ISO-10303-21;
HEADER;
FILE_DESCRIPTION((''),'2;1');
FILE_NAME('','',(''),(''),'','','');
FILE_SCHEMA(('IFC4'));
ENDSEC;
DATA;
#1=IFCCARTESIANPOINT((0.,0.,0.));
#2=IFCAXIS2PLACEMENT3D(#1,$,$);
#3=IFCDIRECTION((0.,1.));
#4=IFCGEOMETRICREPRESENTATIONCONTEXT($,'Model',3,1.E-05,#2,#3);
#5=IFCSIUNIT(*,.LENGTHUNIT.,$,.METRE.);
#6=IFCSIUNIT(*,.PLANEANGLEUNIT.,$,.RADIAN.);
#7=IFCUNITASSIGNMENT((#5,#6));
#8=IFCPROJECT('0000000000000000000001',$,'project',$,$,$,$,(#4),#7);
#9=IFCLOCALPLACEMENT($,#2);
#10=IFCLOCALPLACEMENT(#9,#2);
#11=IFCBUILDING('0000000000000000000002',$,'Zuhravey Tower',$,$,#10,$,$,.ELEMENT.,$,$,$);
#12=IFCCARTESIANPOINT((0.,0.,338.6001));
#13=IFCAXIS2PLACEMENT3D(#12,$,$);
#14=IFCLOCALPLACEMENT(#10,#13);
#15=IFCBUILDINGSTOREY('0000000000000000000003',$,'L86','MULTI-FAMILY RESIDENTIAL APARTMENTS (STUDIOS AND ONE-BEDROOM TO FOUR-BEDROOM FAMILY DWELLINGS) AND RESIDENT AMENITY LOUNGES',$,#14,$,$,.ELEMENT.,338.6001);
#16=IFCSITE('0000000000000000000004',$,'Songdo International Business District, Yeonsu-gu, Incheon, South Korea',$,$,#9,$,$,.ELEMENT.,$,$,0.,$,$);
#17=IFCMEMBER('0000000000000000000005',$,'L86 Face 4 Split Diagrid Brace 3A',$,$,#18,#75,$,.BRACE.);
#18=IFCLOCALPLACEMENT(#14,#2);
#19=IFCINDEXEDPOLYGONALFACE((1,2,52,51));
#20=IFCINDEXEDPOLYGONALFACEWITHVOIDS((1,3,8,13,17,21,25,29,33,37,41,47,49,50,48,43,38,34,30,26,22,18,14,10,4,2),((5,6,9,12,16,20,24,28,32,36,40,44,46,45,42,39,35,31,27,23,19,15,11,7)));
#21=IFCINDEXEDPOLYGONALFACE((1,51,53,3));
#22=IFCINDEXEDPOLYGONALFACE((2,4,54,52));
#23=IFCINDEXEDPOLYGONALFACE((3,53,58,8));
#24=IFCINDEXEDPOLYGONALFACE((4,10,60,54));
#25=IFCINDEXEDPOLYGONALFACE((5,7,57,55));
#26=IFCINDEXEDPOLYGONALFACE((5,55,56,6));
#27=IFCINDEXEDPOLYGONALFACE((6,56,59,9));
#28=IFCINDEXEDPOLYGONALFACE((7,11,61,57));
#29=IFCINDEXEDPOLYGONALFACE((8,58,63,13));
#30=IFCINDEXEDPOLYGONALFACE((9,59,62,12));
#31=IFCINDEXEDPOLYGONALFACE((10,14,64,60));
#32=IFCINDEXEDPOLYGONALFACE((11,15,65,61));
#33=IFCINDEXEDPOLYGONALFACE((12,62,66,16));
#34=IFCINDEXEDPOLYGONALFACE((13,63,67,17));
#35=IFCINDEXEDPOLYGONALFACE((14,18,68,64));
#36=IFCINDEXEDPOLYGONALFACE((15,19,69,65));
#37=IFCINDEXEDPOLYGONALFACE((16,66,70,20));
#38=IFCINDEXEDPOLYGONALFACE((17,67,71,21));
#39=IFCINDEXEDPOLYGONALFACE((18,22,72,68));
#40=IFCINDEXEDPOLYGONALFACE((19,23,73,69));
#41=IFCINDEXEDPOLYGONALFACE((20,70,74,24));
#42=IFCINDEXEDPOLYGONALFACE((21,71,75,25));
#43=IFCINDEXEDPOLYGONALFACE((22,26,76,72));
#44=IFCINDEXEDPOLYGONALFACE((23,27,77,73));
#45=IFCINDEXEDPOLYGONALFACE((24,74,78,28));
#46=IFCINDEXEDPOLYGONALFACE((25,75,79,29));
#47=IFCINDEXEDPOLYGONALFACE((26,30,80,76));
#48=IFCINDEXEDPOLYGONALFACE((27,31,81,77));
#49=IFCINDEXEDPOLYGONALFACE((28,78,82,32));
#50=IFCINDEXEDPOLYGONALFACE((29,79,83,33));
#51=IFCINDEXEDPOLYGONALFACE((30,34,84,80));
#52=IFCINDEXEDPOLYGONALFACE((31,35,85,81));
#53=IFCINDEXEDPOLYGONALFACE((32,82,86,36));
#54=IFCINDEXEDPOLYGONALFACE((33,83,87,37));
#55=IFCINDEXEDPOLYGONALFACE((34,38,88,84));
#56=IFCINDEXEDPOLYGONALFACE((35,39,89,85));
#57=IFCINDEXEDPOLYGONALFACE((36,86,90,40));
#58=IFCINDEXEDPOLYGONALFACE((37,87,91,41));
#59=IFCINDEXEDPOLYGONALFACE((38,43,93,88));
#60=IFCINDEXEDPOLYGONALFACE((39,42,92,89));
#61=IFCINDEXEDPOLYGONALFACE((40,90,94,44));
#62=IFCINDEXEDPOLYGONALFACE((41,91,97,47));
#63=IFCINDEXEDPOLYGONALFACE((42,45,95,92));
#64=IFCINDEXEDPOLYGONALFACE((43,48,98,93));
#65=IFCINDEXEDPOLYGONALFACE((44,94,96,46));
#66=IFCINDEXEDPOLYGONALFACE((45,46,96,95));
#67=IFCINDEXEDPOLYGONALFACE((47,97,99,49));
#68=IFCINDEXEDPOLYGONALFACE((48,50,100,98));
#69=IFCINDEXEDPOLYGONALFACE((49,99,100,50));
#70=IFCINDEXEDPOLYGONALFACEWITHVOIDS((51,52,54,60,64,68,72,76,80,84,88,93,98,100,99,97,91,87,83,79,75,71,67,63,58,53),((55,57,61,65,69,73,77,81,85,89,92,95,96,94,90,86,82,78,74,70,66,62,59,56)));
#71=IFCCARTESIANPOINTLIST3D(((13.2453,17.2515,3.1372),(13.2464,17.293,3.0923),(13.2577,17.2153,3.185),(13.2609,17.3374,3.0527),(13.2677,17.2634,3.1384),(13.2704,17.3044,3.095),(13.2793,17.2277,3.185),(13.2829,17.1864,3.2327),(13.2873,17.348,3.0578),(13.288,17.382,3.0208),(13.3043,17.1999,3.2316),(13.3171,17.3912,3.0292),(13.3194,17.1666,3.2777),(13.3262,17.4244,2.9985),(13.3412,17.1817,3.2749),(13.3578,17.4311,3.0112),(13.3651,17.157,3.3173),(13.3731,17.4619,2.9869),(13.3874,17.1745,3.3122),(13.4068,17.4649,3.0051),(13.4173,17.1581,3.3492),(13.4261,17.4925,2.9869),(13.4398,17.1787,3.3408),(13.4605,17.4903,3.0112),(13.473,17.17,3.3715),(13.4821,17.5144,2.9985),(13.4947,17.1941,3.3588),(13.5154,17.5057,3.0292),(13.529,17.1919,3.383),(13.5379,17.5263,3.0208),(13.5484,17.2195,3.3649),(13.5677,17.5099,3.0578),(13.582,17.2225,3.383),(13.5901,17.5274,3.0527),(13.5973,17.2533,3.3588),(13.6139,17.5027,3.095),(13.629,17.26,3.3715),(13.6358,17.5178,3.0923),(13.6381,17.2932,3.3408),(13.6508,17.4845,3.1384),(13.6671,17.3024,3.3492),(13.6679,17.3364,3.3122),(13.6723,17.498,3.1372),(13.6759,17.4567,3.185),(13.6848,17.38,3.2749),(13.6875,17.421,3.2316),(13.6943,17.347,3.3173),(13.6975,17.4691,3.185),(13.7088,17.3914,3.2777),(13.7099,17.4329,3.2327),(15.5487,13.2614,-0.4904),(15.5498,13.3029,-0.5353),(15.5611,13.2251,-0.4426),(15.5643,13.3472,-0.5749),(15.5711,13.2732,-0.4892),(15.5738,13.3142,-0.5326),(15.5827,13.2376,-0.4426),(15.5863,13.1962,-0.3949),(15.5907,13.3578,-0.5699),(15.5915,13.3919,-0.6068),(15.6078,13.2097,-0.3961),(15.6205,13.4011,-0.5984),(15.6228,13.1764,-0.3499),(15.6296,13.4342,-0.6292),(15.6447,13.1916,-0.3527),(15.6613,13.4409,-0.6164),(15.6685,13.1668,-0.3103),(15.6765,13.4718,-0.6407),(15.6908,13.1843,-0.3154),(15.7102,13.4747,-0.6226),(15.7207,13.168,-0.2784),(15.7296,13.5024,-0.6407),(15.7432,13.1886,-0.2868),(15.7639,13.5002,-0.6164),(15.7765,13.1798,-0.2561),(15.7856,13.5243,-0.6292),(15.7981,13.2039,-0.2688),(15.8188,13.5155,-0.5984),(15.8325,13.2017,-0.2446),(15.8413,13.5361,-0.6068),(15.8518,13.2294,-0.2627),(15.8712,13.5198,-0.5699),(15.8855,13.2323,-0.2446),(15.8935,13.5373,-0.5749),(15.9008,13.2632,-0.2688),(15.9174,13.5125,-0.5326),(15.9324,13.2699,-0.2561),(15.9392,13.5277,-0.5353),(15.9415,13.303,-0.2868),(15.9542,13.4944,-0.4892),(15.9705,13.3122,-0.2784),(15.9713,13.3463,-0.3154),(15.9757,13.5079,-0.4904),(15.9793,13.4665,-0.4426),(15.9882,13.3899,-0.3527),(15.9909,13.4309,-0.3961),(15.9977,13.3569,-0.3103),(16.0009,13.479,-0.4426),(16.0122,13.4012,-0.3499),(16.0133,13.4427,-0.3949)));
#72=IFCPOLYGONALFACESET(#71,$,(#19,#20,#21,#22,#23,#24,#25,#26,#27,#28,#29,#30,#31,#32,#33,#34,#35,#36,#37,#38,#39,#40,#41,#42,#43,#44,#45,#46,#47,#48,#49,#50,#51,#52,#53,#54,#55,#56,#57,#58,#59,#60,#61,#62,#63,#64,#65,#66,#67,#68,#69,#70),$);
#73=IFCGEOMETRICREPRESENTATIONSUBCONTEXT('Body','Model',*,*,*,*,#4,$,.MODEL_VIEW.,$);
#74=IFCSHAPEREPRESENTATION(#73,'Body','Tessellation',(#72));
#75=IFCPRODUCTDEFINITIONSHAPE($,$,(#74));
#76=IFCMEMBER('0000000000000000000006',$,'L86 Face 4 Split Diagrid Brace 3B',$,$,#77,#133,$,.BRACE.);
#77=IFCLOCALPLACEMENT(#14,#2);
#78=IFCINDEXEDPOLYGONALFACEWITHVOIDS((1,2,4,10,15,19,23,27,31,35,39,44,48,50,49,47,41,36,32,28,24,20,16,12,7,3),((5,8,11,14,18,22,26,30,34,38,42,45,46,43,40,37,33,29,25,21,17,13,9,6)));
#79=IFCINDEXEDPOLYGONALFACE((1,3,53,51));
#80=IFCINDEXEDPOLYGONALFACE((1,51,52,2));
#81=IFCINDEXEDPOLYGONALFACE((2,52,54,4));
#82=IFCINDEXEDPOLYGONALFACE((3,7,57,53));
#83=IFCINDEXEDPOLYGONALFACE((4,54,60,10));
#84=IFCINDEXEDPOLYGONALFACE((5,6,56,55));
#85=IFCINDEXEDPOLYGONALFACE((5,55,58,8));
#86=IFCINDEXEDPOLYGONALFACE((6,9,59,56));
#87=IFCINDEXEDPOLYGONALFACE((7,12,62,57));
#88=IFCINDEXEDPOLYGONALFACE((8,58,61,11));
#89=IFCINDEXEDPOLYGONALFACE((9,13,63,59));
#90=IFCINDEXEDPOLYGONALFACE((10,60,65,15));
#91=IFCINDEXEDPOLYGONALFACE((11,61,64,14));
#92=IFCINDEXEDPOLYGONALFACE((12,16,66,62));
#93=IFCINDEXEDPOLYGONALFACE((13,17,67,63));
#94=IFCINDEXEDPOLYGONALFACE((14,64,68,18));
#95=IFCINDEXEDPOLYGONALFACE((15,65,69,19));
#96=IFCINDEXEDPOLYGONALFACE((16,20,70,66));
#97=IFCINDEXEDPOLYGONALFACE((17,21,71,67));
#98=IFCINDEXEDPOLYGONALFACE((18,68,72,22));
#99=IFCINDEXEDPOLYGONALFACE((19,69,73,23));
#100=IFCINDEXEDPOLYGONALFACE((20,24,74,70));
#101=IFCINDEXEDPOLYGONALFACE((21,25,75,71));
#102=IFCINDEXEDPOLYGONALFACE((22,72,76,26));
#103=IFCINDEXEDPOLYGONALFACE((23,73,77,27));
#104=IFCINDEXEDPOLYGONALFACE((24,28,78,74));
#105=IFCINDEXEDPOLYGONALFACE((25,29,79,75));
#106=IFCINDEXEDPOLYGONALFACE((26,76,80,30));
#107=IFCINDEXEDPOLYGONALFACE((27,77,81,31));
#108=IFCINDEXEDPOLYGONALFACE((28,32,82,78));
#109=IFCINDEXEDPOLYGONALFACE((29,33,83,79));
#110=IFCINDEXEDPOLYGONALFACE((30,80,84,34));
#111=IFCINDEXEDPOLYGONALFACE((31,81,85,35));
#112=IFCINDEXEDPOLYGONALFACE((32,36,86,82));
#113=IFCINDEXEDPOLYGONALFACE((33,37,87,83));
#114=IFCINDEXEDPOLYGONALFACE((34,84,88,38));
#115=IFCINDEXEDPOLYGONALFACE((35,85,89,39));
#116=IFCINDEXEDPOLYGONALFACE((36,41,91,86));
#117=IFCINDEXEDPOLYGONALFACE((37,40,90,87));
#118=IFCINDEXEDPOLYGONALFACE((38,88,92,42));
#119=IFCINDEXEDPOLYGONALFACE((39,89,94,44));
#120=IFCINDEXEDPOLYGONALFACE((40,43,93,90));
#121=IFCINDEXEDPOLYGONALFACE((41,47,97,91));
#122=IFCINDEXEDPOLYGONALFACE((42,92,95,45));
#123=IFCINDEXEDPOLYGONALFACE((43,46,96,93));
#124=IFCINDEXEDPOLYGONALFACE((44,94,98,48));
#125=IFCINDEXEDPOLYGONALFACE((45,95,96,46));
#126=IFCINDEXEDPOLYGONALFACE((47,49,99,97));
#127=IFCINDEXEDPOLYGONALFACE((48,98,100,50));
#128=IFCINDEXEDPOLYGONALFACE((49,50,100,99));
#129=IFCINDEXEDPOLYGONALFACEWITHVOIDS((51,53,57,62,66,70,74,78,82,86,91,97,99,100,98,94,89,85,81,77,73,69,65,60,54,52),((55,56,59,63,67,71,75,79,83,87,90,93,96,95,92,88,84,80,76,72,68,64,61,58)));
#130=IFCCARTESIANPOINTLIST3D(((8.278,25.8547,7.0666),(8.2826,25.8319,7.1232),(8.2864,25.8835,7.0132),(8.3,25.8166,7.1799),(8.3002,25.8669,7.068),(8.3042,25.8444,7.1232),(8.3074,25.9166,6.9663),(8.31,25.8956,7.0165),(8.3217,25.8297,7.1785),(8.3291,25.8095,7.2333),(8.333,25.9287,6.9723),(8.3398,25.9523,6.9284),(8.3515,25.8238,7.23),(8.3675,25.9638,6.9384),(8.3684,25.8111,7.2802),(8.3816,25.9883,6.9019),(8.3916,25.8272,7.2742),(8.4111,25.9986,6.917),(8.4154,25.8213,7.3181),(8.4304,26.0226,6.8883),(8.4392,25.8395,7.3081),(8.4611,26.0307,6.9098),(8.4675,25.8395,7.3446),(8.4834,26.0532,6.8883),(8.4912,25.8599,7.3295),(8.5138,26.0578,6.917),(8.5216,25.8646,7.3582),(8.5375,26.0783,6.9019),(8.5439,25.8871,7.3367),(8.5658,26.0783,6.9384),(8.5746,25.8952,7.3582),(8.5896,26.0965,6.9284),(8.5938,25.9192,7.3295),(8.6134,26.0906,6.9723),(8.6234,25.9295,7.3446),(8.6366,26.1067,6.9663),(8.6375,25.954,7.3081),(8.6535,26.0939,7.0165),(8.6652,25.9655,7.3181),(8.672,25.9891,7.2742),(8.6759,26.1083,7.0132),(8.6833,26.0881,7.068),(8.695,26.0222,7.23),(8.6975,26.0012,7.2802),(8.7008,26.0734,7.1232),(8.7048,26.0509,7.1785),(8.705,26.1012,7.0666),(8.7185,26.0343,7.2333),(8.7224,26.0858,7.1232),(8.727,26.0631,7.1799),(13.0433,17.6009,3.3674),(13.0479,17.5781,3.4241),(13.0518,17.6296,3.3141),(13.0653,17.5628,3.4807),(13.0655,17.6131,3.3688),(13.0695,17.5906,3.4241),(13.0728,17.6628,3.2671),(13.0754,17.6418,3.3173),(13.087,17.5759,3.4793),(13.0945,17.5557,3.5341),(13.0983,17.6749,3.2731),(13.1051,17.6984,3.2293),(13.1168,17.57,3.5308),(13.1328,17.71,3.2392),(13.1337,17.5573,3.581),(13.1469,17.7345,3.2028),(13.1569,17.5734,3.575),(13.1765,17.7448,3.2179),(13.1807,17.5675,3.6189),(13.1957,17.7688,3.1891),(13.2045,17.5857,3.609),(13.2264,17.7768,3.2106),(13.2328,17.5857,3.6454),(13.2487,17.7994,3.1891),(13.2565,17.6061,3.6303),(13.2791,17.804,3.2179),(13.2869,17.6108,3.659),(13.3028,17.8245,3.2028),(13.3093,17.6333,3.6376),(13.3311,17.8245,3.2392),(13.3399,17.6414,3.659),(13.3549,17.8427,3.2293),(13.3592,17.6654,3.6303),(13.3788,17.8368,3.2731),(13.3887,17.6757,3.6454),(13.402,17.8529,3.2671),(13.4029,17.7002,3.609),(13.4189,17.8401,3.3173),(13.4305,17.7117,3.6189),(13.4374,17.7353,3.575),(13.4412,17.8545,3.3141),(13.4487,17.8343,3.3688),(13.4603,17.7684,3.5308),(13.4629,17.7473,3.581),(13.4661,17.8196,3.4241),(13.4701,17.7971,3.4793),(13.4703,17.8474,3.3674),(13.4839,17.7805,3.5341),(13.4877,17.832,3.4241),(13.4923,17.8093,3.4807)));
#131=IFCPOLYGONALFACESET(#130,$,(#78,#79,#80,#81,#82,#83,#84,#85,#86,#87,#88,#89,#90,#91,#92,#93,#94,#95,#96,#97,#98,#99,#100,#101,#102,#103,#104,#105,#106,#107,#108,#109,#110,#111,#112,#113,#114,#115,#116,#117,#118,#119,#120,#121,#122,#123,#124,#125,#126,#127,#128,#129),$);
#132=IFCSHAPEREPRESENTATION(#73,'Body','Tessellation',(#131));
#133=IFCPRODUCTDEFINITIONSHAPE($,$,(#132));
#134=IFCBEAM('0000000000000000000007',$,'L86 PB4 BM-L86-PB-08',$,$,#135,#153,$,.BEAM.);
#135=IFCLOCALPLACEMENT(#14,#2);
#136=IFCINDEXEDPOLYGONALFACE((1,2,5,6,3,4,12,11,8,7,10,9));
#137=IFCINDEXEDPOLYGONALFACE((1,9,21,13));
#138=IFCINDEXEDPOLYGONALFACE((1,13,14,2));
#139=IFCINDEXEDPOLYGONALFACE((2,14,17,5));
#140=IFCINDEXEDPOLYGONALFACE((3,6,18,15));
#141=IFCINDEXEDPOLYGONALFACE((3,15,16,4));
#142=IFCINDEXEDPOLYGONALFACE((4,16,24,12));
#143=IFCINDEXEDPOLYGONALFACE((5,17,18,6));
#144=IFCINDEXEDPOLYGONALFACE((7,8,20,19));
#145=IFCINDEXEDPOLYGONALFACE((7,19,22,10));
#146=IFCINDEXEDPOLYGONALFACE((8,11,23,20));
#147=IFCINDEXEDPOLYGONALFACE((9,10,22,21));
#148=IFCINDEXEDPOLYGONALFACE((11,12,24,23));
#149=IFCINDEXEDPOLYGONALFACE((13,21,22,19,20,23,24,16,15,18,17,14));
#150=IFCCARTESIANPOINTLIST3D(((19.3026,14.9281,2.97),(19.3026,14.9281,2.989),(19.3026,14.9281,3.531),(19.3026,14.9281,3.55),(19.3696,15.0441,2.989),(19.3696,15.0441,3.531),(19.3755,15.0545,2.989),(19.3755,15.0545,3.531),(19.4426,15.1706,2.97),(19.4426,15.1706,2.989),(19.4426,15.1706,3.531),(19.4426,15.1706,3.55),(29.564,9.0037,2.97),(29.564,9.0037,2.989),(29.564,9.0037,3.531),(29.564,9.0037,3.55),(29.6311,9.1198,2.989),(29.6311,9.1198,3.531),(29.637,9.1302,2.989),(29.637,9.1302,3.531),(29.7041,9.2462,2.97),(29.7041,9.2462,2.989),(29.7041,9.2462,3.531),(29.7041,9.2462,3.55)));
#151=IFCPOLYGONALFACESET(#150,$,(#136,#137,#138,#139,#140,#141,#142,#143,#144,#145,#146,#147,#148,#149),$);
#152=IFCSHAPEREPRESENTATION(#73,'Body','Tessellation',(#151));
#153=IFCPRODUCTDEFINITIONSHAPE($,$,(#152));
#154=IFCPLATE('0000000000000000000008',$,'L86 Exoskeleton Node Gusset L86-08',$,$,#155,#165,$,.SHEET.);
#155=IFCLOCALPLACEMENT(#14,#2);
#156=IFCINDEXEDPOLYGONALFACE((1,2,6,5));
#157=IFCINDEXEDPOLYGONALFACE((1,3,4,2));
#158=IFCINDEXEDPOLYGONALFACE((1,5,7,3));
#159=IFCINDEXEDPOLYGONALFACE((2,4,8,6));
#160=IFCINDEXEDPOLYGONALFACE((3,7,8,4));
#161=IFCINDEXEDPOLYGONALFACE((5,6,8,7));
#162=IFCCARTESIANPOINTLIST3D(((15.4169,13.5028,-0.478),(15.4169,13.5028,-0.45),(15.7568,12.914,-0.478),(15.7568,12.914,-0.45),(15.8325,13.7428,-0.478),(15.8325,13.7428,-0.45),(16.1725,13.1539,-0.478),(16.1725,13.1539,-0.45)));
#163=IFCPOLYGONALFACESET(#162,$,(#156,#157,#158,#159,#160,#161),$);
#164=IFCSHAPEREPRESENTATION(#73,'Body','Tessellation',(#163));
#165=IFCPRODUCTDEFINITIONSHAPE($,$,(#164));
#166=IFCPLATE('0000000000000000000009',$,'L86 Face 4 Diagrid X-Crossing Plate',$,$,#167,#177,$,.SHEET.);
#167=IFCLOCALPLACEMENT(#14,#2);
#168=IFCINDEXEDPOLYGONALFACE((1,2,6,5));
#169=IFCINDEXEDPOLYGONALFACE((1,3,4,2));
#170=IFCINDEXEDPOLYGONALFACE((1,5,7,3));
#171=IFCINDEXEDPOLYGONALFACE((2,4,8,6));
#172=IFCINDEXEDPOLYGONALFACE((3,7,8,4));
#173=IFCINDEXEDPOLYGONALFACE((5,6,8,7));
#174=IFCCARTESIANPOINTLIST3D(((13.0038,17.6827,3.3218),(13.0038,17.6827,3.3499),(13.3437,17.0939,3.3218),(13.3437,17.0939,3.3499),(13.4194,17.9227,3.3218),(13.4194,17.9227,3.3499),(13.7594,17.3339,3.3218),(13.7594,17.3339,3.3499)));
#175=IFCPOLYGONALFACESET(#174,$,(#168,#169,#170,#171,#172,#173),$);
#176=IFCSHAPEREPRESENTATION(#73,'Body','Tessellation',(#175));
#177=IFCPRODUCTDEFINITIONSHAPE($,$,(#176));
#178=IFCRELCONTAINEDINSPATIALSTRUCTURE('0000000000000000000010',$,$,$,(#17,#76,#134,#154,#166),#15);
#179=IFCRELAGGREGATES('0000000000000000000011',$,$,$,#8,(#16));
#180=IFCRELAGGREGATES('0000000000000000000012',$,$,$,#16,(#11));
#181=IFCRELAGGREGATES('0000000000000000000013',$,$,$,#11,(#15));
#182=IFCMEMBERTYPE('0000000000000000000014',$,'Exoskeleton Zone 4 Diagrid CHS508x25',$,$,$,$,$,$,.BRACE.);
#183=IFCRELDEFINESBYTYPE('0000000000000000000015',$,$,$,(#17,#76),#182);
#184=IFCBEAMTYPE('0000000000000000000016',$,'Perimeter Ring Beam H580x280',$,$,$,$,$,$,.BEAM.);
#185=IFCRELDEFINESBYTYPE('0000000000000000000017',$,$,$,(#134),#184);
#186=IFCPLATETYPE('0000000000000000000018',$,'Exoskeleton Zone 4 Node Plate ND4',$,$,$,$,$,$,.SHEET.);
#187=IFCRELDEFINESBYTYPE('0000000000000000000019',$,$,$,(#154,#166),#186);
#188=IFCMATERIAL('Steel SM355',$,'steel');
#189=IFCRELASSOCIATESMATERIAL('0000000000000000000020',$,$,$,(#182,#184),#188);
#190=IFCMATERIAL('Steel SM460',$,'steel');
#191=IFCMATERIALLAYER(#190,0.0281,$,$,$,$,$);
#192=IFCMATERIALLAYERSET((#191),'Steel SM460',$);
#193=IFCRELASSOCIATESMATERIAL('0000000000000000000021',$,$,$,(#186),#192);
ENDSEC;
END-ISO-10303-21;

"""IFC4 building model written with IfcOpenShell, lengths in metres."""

from ifc_helpers import new_model, si_unit, direction, frame, origin, origin_2d, place, context, subcontext, project, spatial, rectangle, hollow_circle, i_section, extrude, material, layer, layer_set, material_profile, profile_set, type_object, element, save


model = new_model("IFC4")

# Units and contexts
model_context = context("Model", 3, precision=1e-05, world=origin(), true_north=direction((0.0, 1.0)))
body_context = subcontext(model_context, "Body", "Model", "MODEL_VIEW")
ifc_project = project(units=[si_unit("LENGTHUNIT", "METRE"), si_unit("PLANEANGLEUNIT", "RADIAN")], contexts=[model_context])

# Site, building, storey
site_placement = place(None, origin())
site = spatial("IfcSite", under=ifc_project, at=site_placement, Name="Songdo International Business District, Yeonsu-gu, Incheon, South Korea", CompositionType="ELEMENT", RefElevation=0.0)
building_placement = place(site_placement, origin())
building = spatial("IfcBuilding", under=site, at=building_placement, Name="Zuhravey Tower", CompositionType="ELEMENT")
storey_placement = place(building_placement, frame((0.0, 0.0, 338.6001)))
storey = spatial("IfcBuildingStorey", under=building, at=storey_placement, Name="L86", Description="MULTI-FAMILY RESIDENTIAL APARTMENTS (STUDIOS AND ONE-BEDROOM TO FOUR-BEDROOM FAMILY DWELLINGS) AND RESIDENT AMENITY LOUNGES", CompositionType="ELEMENT", Elevation=338.6001)

# Members
ifc_material_1 = material(Name="Steel SM355", Category="steel")
ifc_material_profile_1 = material_profile(ifc_material_1, hollow_circle(Radius=0.2539, WallThickness=0.0249, at=origin_2d()), Name="CHS-508.0x25")
ifc_profile_set_1 = profile_set([ifc_material_profile_1], Name="Steel SM355")
member_type_1 = type_object("IfcMemberType", Name="Exoskeleton Zone 4 Diagrid CHS508x25", PredefinedType="BRACE", material=ifc_profile_set_1)
member_1_placement = place(storey_placement, frame((15.781, 13.3521, -0.4426), z_axis=(-0.392806, 0.680448, 0.618623), x_axis=(-0.866053, -0.499952, 0.0)))
element("IfcMember", 1, at=member_1_placement, inside=storey, type_object=member_type_1, Name="L86 Face 4 Split Diagrid Brace 3A", PredefinedType="BRACE", context=body_context, shape_type="SweptSolid", body=[
    extrude(hollow_circle(Radius=0.2539, WallThickness=0.0249, at=origin_2d()), origin(), (0.0, 0.0, 1.0), 5.864),
])
member_2_placement = place(storey_placement, frame((13.2678, 17.7051, 3.4241), z_axis=(-0.46612, 0.807346, 0.361835), x_axis=(-0.866026, -0.499999, 0.0)))
element("IfcMember", 2, at=member_2_placement, inside=storey, type_object=member_type_1, Name="L86 Face 4 Split Diagrid Brace 3B", PredefinedType="BRACE", context=body_context, shape_type="SweptSolid", body=[
    extrude(hollow_circle(Radius=0.2539, WallThickness=0.0249, at=origin_2d()), origin(), (0.0, 0.0, 1.0), 10.2234),
])

# Beam
ifc_material_profile_2 = material_profile(ifc_material_1, i_section(OverallWidth=0.28, OverallDepth=0.5801, WebThickness=0.012, FlangeThickness=0.019, at=origin_2d()), Name="H-580x280x12x19")
ifc_profile_set_2 = profile_set([ifc_material_profile_2], Name="Steel SM355")
beam_type = type_object("IfcBeamType", Name="Perimeter Ring Beam H580x280", PredefinedType="BEAM", material=ifc_profile_set_2)
beam_placement = place(storey_placement, frame((19.3726, 15.0493, 3.26), z_axis=(0.866031, -0.499991, 0.0), x_axis=(0.499991, 0.866031, 0.0)))
element("IfcBeam", 3, at=beam_placement, inside=storey, type_object=beam_type, Name="L86 PB4 BM-L86-PB-08", PredefinedType="BEAM", context=body_context, shape_type="SweptSolid", body=[
    extrude(i_section(OverallWidth=0.28, OverallDepth=0.5801, WebThickness=0.012, FlangeThickness=0.019, at=origin_2d()), origin(), (0.0, 0.0, 1.0), 11.8489),
])

# Plates
ifc_material_2 = material(Name="Steel SM460", Category="steel")
ifc_layer_1 = layer(ifc_material_2, 0.0281)
ifc_layer_set_1 = layer_set([ifc_layer_1], Name="Steel SM460")
plate_type_1 = type_object("IfcPlateType", Name="Exoskeleton Zone 4 Node Plate ND4", PredefinedType="SHEET", material=ifc_layer_set_1)
for number, where, z_axis, x_axis, name in (
    (4, (15.7947, 13.3284, -0.478), (0.0, 0.0, 1.0), (0.5, -0.866025, 0.0), "L86 Exoskeleton Node Gusset L86-08"),
    (5, (13.3816, 17.5083, 3.3218), (0.0, 0.0, 1.0), (0.5, -0.866025, 0.0), "L86 Face 4 Diagrid X-Crossing Plate"),
):
    element("IfcPlate", number, at=place(storey_placement, frame(where, z_axis=z_axis, x_axis=x_axis)), inside=storey, type_object=plate_type_1, Name=name, PredefinedType="SHEET", context=body_context, shape_type="SweptSolid", body=[
        extrude(rectangle(XDim=0.6799, YDim=0.48, at=origin_2d()), origin(), (0.0, 0.0, 1.0), 0.0281),
    ])

save(model, "model.ifc")
